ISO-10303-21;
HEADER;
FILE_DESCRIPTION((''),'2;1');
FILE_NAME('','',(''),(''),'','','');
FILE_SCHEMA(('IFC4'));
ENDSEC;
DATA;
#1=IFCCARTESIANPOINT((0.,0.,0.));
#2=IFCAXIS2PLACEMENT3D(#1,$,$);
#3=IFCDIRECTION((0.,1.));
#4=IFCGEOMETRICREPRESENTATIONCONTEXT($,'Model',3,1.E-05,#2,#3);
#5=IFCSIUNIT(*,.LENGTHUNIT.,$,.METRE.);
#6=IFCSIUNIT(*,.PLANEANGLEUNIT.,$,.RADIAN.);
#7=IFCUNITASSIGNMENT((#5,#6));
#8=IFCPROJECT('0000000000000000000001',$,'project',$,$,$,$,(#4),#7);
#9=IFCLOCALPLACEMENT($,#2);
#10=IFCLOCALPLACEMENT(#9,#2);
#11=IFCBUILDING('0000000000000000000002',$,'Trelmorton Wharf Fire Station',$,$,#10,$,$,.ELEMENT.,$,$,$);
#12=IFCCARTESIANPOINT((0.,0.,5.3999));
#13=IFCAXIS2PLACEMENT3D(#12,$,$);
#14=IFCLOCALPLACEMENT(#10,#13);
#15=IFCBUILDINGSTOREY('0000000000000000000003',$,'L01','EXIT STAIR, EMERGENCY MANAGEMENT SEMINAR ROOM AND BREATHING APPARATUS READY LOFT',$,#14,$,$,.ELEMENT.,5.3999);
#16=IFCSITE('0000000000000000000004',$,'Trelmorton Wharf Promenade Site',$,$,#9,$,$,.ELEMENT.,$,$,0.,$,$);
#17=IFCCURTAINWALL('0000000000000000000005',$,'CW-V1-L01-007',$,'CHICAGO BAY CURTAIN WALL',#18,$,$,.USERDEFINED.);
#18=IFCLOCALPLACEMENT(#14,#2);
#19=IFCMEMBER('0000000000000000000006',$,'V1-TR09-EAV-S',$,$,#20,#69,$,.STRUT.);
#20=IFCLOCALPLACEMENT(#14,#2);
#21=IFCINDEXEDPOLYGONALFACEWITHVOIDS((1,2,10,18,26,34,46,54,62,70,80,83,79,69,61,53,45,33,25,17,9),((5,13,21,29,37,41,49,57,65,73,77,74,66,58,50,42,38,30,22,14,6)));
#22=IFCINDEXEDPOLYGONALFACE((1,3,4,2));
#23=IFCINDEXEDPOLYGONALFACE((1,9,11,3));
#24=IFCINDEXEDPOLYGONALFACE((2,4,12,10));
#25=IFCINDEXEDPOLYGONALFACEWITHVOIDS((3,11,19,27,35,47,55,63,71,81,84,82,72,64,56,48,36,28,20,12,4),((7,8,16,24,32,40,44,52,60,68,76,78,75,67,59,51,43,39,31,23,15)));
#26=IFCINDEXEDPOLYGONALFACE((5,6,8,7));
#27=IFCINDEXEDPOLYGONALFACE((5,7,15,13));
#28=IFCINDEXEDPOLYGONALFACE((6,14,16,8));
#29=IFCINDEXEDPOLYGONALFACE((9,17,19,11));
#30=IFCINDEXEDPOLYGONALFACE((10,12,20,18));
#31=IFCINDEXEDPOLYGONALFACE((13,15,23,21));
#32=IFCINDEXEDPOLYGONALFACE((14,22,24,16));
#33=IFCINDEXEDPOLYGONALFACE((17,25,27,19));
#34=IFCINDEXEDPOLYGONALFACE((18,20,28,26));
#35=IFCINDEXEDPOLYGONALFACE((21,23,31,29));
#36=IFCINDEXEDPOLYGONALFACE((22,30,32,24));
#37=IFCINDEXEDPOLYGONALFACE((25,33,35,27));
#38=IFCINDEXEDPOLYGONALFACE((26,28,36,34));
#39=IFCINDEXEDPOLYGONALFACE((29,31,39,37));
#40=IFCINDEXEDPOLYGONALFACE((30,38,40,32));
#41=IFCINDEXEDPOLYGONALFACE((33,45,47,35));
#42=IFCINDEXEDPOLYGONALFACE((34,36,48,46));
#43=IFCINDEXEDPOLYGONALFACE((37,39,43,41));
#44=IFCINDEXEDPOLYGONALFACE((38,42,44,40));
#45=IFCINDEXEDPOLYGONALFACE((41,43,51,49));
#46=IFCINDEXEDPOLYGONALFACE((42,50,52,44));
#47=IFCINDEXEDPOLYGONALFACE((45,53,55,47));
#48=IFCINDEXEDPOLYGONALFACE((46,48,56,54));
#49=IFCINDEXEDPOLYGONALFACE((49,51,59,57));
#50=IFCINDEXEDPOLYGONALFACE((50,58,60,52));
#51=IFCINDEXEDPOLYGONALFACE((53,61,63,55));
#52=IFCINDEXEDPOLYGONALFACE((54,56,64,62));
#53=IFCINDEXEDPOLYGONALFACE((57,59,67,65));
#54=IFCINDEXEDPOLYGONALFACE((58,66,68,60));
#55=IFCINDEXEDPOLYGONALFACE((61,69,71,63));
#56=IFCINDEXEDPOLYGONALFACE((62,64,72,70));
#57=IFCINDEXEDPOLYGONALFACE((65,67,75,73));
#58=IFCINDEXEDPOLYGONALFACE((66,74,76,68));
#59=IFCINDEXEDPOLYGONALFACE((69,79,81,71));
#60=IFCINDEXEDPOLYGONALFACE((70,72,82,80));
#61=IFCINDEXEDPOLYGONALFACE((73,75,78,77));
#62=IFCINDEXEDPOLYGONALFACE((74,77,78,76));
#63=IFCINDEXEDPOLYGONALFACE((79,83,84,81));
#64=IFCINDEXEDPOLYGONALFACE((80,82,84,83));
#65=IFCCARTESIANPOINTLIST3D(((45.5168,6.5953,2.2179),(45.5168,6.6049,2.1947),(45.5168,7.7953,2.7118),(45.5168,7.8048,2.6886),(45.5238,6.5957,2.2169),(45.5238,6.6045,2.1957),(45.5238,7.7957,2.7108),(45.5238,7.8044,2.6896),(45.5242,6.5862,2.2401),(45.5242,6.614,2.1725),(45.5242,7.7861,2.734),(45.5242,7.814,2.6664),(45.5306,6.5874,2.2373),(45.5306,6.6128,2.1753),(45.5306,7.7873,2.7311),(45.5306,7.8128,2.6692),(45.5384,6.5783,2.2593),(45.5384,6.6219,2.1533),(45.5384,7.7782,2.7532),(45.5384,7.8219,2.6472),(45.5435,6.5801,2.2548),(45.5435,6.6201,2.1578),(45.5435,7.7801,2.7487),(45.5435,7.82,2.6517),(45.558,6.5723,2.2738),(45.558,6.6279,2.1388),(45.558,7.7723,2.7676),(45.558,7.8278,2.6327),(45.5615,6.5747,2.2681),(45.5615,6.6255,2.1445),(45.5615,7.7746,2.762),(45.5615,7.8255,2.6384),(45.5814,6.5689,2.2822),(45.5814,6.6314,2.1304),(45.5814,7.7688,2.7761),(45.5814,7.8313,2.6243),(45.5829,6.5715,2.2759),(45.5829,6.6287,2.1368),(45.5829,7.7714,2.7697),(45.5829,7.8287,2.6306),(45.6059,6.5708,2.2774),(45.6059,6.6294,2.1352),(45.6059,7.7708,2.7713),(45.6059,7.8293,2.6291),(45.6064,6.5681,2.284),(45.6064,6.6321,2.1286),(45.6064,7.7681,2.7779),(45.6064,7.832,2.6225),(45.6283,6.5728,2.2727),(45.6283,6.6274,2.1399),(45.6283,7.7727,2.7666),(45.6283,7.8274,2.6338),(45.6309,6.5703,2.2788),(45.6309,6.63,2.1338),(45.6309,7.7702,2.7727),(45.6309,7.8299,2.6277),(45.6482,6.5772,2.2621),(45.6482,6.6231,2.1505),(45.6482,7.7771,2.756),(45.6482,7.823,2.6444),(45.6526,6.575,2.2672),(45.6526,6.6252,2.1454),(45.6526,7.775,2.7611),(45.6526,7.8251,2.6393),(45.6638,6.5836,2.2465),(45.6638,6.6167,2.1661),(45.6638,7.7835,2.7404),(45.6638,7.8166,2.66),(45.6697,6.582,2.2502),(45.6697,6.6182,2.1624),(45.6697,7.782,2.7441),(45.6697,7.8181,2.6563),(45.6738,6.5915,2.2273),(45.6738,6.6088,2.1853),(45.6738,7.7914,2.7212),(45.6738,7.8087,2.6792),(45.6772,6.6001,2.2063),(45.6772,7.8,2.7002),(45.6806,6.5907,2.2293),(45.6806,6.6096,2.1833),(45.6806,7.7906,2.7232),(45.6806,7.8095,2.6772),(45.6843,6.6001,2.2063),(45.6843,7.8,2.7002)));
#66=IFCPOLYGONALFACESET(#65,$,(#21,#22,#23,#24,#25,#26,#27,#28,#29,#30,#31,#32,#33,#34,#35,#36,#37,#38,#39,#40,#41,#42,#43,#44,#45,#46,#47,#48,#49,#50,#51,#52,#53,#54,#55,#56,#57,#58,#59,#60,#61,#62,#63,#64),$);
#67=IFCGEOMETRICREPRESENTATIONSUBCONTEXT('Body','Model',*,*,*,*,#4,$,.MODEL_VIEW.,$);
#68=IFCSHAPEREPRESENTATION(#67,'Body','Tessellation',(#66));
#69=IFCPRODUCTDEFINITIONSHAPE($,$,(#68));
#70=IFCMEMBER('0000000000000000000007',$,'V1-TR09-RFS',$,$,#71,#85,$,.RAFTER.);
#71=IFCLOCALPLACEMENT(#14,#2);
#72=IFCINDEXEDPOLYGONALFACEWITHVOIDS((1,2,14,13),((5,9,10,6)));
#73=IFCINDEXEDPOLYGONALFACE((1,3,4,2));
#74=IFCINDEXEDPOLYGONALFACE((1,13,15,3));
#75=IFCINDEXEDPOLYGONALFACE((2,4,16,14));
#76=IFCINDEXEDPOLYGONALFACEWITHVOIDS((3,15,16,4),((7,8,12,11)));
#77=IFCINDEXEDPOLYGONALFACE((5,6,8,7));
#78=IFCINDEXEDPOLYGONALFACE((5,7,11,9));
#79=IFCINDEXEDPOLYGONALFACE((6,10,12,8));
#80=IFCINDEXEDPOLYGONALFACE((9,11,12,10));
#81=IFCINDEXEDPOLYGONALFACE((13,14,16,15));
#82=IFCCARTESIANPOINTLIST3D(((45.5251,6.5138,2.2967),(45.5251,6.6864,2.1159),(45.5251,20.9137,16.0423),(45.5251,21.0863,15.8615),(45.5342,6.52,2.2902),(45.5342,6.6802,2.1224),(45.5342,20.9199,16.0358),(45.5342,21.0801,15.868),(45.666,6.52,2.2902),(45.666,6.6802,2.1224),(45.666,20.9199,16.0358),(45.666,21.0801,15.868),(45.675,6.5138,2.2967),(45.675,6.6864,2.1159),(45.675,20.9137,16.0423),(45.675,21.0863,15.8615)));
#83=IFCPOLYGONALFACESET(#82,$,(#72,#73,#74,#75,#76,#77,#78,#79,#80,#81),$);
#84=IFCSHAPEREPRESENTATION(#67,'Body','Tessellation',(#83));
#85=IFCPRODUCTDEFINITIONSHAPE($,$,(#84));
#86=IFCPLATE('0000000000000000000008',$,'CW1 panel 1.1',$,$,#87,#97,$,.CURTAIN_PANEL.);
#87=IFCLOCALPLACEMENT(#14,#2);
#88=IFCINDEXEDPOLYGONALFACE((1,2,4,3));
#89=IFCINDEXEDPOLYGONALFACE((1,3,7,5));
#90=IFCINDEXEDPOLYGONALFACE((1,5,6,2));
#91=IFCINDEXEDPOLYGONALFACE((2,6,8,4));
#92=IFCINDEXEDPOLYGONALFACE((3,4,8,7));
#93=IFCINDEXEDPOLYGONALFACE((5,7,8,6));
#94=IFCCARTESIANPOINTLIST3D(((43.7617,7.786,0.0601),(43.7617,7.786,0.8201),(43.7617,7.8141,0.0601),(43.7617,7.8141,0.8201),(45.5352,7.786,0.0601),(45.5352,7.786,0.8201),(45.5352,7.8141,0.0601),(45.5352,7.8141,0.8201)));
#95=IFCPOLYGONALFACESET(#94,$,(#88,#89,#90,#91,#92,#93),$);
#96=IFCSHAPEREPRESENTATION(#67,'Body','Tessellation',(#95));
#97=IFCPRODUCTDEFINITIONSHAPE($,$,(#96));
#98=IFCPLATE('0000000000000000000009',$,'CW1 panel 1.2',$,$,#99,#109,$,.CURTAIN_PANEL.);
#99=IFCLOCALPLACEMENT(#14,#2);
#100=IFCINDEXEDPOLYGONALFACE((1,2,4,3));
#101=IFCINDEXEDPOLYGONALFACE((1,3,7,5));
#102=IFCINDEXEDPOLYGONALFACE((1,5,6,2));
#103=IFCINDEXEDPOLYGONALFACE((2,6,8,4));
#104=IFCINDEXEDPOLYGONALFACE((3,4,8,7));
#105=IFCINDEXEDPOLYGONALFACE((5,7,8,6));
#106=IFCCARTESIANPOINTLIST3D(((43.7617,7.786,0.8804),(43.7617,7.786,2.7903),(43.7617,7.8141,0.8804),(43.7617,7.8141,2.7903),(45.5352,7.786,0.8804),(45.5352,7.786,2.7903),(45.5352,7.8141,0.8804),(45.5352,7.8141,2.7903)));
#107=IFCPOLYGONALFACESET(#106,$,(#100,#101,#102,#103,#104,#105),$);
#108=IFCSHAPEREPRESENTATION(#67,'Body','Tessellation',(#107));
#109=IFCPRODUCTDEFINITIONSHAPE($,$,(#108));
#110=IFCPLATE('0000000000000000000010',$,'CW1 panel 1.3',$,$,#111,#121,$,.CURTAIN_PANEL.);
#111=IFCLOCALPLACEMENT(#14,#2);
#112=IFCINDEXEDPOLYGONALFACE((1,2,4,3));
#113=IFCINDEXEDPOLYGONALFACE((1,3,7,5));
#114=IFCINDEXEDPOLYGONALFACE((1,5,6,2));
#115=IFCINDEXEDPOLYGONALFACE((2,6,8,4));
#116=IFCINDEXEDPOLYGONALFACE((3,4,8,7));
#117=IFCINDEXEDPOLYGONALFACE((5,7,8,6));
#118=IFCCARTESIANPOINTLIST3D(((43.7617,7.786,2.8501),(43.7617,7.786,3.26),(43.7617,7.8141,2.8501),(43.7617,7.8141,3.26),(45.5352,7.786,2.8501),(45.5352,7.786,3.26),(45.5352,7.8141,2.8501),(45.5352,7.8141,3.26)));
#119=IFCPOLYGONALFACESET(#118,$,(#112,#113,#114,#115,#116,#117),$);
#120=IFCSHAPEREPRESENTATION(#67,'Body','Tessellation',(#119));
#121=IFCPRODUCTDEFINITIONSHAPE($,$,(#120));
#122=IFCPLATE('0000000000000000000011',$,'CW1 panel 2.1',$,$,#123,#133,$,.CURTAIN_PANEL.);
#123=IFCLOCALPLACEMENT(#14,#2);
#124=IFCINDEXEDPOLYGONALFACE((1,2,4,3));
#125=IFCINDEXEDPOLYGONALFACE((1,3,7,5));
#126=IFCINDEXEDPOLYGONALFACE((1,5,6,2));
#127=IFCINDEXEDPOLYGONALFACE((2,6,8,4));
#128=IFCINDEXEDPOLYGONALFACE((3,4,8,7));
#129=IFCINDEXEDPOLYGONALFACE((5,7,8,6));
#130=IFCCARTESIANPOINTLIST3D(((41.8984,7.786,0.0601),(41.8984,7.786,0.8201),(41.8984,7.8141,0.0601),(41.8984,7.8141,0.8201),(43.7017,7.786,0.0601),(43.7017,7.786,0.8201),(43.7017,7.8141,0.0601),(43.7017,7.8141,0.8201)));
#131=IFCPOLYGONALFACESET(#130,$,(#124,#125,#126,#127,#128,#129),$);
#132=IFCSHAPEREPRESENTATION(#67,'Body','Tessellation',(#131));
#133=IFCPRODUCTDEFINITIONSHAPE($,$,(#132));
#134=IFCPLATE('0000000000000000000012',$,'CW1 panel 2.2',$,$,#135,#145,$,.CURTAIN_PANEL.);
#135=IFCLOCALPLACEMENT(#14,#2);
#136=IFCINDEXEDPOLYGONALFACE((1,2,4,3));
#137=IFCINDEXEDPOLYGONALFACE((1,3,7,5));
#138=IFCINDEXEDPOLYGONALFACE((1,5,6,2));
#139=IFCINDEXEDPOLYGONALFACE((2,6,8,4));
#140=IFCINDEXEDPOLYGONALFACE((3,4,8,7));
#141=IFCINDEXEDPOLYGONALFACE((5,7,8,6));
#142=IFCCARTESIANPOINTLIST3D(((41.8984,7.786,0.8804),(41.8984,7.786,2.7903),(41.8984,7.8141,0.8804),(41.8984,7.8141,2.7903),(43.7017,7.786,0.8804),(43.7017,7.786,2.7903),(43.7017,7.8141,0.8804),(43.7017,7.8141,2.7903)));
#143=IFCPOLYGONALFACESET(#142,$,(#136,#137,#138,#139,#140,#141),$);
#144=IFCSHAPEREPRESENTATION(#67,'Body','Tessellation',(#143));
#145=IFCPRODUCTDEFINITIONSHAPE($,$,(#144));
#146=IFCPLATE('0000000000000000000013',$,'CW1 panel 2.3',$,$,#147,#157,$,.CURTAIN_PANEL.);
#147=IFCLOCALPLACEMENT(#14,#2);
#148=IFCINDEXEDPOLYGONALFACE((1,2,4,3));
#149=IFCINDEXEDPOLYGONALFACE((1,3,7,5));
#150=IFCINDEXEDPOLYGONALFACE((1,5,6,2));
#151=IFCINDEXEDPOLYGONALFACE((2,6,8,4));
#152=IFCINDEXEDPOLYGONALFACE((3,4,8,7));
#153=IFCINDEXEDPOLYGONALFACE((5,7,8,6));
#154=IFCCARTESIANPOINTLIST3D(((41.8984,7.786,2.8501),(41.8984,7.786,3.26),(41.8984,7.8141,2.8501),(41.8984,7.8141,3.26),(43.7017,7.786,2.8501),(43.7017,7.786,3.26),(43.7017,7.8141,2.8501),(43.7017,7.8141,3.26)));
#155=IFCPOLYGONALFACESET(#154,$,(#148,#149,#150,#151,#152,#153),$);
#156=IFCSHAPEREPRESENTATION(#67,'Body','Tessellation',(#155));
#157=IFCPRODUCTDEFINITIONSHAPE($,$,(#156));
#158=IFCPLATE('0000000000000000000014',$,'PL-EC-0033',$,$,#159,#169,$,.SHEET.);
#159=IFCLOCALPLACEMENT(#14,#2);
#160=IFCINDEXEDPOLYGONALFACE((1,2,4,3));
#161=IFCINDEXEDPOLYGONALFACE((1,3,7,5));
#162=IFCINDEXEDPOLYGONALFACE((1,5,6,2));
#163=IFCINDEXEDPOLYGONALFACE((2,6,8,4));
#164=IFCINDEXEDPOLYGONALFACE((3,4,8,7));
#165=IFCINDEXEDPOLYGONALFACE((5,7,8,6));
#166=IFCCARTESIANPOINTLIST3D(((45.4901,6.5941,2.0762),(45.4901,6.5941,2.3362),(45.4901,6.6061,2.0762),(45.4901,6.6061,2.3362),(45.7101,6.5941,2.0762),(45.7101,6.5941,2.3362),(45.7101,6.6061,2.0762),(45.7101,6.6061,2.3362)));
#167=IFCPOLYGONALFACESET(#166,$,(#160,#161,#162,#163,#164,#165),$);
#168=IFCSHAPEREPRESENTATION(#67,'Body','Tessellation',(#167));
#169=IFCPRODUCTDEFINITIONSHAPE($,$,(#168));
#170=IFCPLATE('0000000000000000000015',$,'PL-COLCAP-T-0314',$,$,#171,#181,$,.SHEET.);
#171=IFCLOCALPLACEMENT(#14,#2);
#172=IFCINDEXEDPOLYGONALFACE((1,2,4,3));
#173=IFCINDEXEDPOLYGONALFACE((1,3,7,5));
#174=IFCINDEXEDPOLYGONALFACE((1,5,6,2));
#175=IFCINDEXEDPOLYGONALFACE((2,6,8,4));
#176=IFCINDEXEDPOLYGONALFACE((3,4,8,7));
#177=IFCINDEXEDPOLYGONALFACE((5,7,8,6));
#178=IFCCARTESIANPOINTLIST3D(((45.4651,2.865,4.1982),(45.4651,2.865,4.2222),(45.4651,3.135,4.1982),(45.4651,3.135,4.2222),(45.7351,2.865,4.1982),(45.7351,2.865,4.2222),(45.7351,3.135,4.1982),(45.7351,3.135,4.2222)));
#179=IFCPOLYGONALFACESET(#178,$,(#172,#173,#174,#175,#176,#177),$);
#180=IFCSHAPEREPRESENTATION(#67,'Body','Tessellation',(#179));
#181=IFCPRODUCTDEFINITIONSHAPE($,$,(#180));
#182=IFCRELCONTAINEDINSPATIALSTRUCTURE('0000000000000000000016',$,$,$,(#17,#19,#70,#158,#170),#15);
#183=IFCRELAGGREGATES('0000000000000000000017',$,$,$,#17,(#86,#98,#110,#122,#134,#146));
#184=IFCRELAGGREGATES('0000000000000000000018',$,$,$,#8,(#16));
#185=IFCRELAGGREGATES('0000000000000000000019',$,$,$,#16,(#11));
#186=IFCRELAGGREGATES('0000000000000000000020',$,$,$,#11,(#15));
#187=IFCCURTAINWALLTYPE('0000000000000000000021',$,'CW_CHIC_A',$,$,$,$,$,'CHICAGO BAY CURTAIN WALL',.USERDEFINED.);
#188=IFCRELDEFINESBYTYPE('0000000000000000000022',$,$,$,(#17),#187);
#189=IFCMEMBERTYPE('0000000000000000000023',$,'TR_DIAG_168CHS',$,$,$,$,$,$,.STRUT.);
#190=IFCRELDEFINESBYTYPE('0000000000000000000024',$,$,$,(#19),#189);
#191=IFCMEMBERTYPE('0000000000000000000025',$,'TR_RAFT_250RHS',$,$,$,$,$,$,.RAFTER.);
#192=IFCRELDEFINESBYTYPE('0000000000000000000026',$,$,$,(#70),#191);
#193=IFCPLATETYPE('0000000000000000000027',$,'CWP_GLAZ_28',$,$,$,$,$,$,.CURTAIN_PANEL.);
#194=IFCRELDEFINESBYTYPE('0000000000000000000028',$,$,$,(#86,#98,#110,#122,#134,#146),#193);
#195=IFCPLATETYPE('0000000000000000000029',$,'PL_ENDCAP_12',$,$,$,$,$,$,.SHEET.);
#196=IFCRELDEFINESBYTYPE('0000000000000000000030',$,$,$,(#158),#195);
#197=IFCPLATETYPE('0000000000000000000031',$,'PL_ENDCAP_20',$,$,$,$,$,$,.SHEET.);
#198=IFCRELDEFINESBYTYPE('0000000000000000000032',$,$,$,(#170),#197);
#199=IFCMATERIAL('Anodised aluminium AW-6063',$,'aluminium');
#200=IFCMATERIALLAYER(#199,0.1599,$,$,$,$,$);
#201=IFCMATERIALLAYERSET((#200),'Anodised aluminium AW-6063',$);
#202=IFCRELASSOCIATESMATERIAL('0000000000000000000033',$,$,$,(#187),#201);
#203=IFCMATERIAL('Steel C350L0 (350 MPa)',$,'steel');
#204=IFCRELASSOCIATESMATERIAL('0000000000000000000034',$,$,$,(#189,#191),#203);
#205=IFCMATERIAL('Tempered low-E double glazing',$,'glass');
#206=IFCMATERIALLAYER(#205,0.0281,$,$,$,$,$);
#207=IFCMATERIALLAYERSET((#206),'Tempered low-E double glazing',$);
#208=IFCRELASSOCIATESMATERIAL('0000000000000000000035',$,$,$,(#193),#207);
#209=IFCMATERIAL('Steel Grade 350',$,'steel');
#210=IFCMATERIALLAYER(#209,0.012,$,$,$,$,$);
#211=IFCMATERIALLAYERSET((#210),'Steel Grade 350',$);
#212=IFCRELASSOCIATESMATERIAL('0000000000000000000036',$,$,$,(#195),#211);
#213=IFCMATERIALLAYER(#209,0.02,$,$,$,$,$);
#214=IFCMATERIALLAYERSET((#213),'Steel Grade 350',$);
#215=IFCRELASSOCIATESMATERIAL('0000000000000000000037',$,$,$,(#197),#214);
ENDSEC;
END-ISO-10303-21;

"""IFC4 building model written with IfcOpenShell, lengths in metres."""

from ifc_helpers import new_model, si_unit, direction, frame, origin, origin_2d, place, context, subcontext, project, spatial, rectangle, hollow_rectangle, hollow_circle, extrude, material, layer, layer_set, material_profile, profile_set, type_object, element, aggregate, save


model = new_model("IFC4")

# Units and contexts
model_context = context("Model", 3, precision=1e-05, world=origin(), true_north=direction((0.0, 1.0)))
body_context = subcontext(model_context, "Body", "Model", "MODEL_VIEW")
ifc_project = project(units=[si_unit("LENGTHUNIT", "METRE"), si_unit("PLANEANGLEUNIT", "RADIAN")], contexts=[model_context])

# Site, building, storey
site_placement = place(None, origin())
site = spatial("IfcSite", under=ifc_project, at=site_placement, Name="Trelmorton Wharf Promenade Site", CompositionType="ELEMENT", RefElevation=0.0)
building_placement = place(site_placement, origin())
building = spatial("IfcBuilding", under=site, at=building_placement, Name="Trelmorton Wharf Fire Station", CompositionType="ELEMENT")
storey_placement = place(building_placement, frame((0.0, 0.0, 5.3999)))
storey = spatial("IfcBuildingStorey", under=building, at=storey_placement, Name="L01", Description="EXIT STAIR, EMERGENCY MANAGEMENT SEMINAR ROOM AND BREATHING APPARATUS READY LOFT", CompositionType="ELEMENT", Elevation=5.3999)

# Shared definitions
ifc_material_1 = material(Name="Steel Grade 350", Category="steel")

# Curtain wall
ifc_material_2 = material(Name="Anodised aluminium AW-6063", Category="aluminium")
ifc_layer_1 = layer(ifc_material_2, 0.1599)
ifc_layer_set_1 = layer_set([ifc_layer_1], Name="Anodised aluminium AW-6063")
curtain_wall_type = type_object("IfcCurtainWallType", Name="CW_CHIC_A", ElementType="CHICAGO BAY CURTAIN WALL", PredefinedType="USERDEFINED", material=ifc_layer_set_1)
curtain_wall_placement = place(storey_placement, origin())
curtain_wall = element("IfcCurtainWall", 1, at=curtain_wall_placement, inside=storey, type_object=curtain_wall_type, Name="CW-V1-L01-007", ObjectType="CHICAGO BAY CURTAIN WALL", PredefinedType="USERDEFINED")

# Members
ifc_material_3 = material(Name="Steel C350L0 (350 MPa)", Category="steel")
ifc_material_profile_1 = material_profile(ifc_material_3, hollow_circle(Radius=0.0842, WallThickness=0.0071, at=origin_2d()), Name="168.3x7.1CHS")
ifc_profile_set_1 = profile_set([ifc_material_profile_1], Name="Steel C350L0 (350 MPa)")
member_type_1 = type_object("IfcMemberType", Name="TR_DIAG_168CHS", PredefinedType="STRUT", material=ifc_profile_set_1)
member_1_placement = place(storey_placement, frame((45.6001, 7.8, 2.7002), z_axis=(0.0, -0.924733, -0.380617), x_axis=(1.0, 0.0, 0.0)))
element("IfcMember", 2, at=member_1_placement, inside=storey, type_object=member_type_1, Name="V1-TR09-EAV-S", PredefinedType="STRUT", context=body_context, shape_type="SweptSolid", body=[
    extrude(hollow_circle(Radius=0.0842, WallThickness=0.0071, at=origin_2d()), origin(), (0.0, 0.0, 1.0), 1.2976),
])
ifc_material_profile_2 = material_profile(ifc_material_3, hollow_rectangle(XDim=0.1499, YDim=0.25, WallThickness=0.009, at=origin_2d()), Name="250x150x9.0RHS")
ifc_profile_set_2 = profile_set([ifc_material_profile_2], Name="Steel C350L0 (350 MPa)")
member_type_2 = type_object("IfcMemberType", Name="TR_RAFT_250RHS", PredefinedType="RAFTER", material=ifc_profile_set_2)
member_2_placement = place(storey_placement, frame((45.6001, 6.6001, 2.2063), z_axis=(0.0, 0.723349, 0.690482), x_axis=(-1.0, 0.0, 0.0)))
element("IfcMember", 3, at=member_2_placement, inside=storey, type_object=member_type_2, Name="V1-TR09-RFS", PredefinedType="RAFTER", context=body_context, shape_type="SweptSolid", body=[
    extrude(hollow_rectangle(XDim=0.1499, YDim=0.25, WallThickness=0.009, at=origin_2d()), origin(), (0.0, 0.0, 1.0), 19.9072),
])

# Plates
ifc_material_4 = material(Name="Tempered low-E double glazing", Category="glass")
ifc_layer_2 = layer(ifc_material_4, 0.0281)
ifc_layer_set_2 = layer_set([ifc_layer_2], Name="Tempered low-E double glazing")
plate_type_1 = type_object("IfcPlateType", Name="CWP_GLAZ_28", PredefinedType="CURTAIN_PANEL", material=ifc_layer_set_2)
plate_1_placement = place(storey_placement, frame((44.6484, 7.8, 0.0601), z_axis=(0.0, 0.0, 1.0), x_axis=(-1.0, 0.0, 0.0)))
plate_1 = element("IfcPlate", 4, at=plate_1_placement, type_object=plate_type_1, Name="CW1 panel 1.1", PredefinedType="CURTAIN_PANEL", context=body_context, shape_type="SweptSolid", body=[
    extrude(rectangle(XDim=1.7734, YDim=0.0281, at=origin_2d()), origin(), (0.0, 0.0, 1.0), 0.76),
])
plate_2_placement = place(storey_placement, frame((44.6484, 7.8, 0.8804), z_axis=(0.0, 0.0, 1.0), x_axis=(-1.0, 0.0, 0.0)))
plate_2 = element("IfcPlate", 5, at=plate_2_placement, type_object=plate_type_1, Name="CW1 panel 1.2", PredefinedType="CURTAIN_PANEL", context=body_context, shape_type="SweptSolid", body=[
    extrude(rectangle(XDim=1.7734, YDim=0.0281, at=origin_2d()), origin(), (0.0, 0.0, 1.0), 1.9099),
])
plate_3_placement = place(storey_placement, frame((44.6484, 7.8, 2.8501), z_axis=(0.0, 0.0, 1.0), x_axis=(-1.0, 0.0, 0.0)))
plate_3 = element("IfcPlate", 6, at=plate_3_placement, type_object=plate_type_1, Name="CW1 panel 1.3", PredefinedType="CURTAIN_PANEL", context=body_context, shape_type="SweptSolid", body=[
    extrude(rectangle(XDim=1.7734, YDim=0.0281, at=origin_2d()), origin(), (0.0, 0.0, 1.0), 0.4099),
])
plate_4_placement = place(storey_placement, frame((42.8, 7.8, 0.0601), z_axis=(0.0, 0.0, 1.0), x_axis=(-1.0, 0.0, 0.0)))
plate_4 = element("IfcPlate", 7, at=plate_4_placement, type_object=plate_type_1, Name="CW1 panel 2.1", PredefinedType="CURTAIN_PANEL", context=body_context, shape_type="SweptSolid", body=[
    extrude(rectangle(XDim=1.8032, YDim=0.0281, at=origin_2d()), origin(), (0.0, 0.0, 1.0), 0.76),
])
plate_5_placement = place(storey_placement, frame((42.8, 7.8, 0.8804), z_axis=(0.0, 0.0, 1.0), x_axis=(-1.0, 0.0, 0.0)))
plate_5 = element("IfcPlate", 8, at=plate_5_placement, type_object=plate_type_1, Name="CW1 panel 2.2", PredefinedType="CURTAIN_PANEL", context=body_context, shape_type="SweptSolid", body=[
    extrude(rectangle(XDim=1.8032, YDim=0.0281, at=origin_2d()), origin(), (0.0, 0.0, 1.0), 1.9099),
])
plate_6_placement = place(storey_placement, frame((42.8, 7.8, 2.8501), z_axis=(0.0, 0.0, 1.0), x_axis=(-1.0, 0.0, 0.0)))
plate_6 = element("IfcPlate", 9, at=plate_6_placement, type_object=plate_type_1, Name="CW1 panel 2.3", PredefinedType="CURTAIN_PANEL", context=body_context, shape_type="SweptSolid", body=[
    extrude(rectangle(XDim=1.8032, YDim=0.0281, at=origin_2d()), origin(), (0.0, 0.0, 1.0), 0.4099),
])
aggregate(curtain_wall, [plate_1, plate_2, plate_3, plate_4, plate_5, plate_6])

# Plates
ifc_layer_3 = layer(ifc_material_1, 0.012)
ifc_layer_set_3 = layer_set([ifc_layer_3], Name="Steel Grade 350")
plate_type_2 = type_object("IfcPlateType", Name="PL_ENDCAP_12", PredefinedType="SHEET", material=ifc_layer_set_3)
plate_7_placement = place(storey_placement, frame((45.6001, 6.6001, 2.0762), z_axis=(0.0, 0.0, 1.0), x_axis=(1.0, 0.0, 0.0)))
element("IfcPlate", 10, at=plate_7_placement, inside=storey, type_object=plate_type_2, Name="PL-EC-0033", PredefinedType="SHEET", context=body_context, shape_type="SweptSolid", body=[
    extrude(rectangle(XDim=0.22, YDim=0.012, at=origin_2d()), origin(), (0.0, 0.0, 1.0), 0.26),
])
ifc_layer_4 = layer(ifc_material_1, 0.02)
ifc_layer_set_4 = layer_set([ifc_layer_4], Name="Steel Grade 350")
plate_type_3 = type_object("IfcPlateType", Name="PL_ENDCAP_20", PredefinedType="SHEET", material=ifc_layer_set_4)
plate_8_placement = place(storey_placement, frame((45.6001, 3.0, 4.1982), z_axis=(0.0, 0.0, 1.0), x_axis=(1.0, 0.0, 0.0)))
element("IfcPlate", 11, at=plate_8_placement, inside=storey, type_object=plate_type_3, Name="PL-COLCAP-T-0314", PredefinedType="SHEET", context=body_context, shape_type="SweptSolid", body=[
    extrude(rectangle(XDim=0.27, YDim=0.27, at=origin_2d()), origin(), (0.0, 0.0, 1.0), 0.0239),
])

save(model, "model.ifc")
